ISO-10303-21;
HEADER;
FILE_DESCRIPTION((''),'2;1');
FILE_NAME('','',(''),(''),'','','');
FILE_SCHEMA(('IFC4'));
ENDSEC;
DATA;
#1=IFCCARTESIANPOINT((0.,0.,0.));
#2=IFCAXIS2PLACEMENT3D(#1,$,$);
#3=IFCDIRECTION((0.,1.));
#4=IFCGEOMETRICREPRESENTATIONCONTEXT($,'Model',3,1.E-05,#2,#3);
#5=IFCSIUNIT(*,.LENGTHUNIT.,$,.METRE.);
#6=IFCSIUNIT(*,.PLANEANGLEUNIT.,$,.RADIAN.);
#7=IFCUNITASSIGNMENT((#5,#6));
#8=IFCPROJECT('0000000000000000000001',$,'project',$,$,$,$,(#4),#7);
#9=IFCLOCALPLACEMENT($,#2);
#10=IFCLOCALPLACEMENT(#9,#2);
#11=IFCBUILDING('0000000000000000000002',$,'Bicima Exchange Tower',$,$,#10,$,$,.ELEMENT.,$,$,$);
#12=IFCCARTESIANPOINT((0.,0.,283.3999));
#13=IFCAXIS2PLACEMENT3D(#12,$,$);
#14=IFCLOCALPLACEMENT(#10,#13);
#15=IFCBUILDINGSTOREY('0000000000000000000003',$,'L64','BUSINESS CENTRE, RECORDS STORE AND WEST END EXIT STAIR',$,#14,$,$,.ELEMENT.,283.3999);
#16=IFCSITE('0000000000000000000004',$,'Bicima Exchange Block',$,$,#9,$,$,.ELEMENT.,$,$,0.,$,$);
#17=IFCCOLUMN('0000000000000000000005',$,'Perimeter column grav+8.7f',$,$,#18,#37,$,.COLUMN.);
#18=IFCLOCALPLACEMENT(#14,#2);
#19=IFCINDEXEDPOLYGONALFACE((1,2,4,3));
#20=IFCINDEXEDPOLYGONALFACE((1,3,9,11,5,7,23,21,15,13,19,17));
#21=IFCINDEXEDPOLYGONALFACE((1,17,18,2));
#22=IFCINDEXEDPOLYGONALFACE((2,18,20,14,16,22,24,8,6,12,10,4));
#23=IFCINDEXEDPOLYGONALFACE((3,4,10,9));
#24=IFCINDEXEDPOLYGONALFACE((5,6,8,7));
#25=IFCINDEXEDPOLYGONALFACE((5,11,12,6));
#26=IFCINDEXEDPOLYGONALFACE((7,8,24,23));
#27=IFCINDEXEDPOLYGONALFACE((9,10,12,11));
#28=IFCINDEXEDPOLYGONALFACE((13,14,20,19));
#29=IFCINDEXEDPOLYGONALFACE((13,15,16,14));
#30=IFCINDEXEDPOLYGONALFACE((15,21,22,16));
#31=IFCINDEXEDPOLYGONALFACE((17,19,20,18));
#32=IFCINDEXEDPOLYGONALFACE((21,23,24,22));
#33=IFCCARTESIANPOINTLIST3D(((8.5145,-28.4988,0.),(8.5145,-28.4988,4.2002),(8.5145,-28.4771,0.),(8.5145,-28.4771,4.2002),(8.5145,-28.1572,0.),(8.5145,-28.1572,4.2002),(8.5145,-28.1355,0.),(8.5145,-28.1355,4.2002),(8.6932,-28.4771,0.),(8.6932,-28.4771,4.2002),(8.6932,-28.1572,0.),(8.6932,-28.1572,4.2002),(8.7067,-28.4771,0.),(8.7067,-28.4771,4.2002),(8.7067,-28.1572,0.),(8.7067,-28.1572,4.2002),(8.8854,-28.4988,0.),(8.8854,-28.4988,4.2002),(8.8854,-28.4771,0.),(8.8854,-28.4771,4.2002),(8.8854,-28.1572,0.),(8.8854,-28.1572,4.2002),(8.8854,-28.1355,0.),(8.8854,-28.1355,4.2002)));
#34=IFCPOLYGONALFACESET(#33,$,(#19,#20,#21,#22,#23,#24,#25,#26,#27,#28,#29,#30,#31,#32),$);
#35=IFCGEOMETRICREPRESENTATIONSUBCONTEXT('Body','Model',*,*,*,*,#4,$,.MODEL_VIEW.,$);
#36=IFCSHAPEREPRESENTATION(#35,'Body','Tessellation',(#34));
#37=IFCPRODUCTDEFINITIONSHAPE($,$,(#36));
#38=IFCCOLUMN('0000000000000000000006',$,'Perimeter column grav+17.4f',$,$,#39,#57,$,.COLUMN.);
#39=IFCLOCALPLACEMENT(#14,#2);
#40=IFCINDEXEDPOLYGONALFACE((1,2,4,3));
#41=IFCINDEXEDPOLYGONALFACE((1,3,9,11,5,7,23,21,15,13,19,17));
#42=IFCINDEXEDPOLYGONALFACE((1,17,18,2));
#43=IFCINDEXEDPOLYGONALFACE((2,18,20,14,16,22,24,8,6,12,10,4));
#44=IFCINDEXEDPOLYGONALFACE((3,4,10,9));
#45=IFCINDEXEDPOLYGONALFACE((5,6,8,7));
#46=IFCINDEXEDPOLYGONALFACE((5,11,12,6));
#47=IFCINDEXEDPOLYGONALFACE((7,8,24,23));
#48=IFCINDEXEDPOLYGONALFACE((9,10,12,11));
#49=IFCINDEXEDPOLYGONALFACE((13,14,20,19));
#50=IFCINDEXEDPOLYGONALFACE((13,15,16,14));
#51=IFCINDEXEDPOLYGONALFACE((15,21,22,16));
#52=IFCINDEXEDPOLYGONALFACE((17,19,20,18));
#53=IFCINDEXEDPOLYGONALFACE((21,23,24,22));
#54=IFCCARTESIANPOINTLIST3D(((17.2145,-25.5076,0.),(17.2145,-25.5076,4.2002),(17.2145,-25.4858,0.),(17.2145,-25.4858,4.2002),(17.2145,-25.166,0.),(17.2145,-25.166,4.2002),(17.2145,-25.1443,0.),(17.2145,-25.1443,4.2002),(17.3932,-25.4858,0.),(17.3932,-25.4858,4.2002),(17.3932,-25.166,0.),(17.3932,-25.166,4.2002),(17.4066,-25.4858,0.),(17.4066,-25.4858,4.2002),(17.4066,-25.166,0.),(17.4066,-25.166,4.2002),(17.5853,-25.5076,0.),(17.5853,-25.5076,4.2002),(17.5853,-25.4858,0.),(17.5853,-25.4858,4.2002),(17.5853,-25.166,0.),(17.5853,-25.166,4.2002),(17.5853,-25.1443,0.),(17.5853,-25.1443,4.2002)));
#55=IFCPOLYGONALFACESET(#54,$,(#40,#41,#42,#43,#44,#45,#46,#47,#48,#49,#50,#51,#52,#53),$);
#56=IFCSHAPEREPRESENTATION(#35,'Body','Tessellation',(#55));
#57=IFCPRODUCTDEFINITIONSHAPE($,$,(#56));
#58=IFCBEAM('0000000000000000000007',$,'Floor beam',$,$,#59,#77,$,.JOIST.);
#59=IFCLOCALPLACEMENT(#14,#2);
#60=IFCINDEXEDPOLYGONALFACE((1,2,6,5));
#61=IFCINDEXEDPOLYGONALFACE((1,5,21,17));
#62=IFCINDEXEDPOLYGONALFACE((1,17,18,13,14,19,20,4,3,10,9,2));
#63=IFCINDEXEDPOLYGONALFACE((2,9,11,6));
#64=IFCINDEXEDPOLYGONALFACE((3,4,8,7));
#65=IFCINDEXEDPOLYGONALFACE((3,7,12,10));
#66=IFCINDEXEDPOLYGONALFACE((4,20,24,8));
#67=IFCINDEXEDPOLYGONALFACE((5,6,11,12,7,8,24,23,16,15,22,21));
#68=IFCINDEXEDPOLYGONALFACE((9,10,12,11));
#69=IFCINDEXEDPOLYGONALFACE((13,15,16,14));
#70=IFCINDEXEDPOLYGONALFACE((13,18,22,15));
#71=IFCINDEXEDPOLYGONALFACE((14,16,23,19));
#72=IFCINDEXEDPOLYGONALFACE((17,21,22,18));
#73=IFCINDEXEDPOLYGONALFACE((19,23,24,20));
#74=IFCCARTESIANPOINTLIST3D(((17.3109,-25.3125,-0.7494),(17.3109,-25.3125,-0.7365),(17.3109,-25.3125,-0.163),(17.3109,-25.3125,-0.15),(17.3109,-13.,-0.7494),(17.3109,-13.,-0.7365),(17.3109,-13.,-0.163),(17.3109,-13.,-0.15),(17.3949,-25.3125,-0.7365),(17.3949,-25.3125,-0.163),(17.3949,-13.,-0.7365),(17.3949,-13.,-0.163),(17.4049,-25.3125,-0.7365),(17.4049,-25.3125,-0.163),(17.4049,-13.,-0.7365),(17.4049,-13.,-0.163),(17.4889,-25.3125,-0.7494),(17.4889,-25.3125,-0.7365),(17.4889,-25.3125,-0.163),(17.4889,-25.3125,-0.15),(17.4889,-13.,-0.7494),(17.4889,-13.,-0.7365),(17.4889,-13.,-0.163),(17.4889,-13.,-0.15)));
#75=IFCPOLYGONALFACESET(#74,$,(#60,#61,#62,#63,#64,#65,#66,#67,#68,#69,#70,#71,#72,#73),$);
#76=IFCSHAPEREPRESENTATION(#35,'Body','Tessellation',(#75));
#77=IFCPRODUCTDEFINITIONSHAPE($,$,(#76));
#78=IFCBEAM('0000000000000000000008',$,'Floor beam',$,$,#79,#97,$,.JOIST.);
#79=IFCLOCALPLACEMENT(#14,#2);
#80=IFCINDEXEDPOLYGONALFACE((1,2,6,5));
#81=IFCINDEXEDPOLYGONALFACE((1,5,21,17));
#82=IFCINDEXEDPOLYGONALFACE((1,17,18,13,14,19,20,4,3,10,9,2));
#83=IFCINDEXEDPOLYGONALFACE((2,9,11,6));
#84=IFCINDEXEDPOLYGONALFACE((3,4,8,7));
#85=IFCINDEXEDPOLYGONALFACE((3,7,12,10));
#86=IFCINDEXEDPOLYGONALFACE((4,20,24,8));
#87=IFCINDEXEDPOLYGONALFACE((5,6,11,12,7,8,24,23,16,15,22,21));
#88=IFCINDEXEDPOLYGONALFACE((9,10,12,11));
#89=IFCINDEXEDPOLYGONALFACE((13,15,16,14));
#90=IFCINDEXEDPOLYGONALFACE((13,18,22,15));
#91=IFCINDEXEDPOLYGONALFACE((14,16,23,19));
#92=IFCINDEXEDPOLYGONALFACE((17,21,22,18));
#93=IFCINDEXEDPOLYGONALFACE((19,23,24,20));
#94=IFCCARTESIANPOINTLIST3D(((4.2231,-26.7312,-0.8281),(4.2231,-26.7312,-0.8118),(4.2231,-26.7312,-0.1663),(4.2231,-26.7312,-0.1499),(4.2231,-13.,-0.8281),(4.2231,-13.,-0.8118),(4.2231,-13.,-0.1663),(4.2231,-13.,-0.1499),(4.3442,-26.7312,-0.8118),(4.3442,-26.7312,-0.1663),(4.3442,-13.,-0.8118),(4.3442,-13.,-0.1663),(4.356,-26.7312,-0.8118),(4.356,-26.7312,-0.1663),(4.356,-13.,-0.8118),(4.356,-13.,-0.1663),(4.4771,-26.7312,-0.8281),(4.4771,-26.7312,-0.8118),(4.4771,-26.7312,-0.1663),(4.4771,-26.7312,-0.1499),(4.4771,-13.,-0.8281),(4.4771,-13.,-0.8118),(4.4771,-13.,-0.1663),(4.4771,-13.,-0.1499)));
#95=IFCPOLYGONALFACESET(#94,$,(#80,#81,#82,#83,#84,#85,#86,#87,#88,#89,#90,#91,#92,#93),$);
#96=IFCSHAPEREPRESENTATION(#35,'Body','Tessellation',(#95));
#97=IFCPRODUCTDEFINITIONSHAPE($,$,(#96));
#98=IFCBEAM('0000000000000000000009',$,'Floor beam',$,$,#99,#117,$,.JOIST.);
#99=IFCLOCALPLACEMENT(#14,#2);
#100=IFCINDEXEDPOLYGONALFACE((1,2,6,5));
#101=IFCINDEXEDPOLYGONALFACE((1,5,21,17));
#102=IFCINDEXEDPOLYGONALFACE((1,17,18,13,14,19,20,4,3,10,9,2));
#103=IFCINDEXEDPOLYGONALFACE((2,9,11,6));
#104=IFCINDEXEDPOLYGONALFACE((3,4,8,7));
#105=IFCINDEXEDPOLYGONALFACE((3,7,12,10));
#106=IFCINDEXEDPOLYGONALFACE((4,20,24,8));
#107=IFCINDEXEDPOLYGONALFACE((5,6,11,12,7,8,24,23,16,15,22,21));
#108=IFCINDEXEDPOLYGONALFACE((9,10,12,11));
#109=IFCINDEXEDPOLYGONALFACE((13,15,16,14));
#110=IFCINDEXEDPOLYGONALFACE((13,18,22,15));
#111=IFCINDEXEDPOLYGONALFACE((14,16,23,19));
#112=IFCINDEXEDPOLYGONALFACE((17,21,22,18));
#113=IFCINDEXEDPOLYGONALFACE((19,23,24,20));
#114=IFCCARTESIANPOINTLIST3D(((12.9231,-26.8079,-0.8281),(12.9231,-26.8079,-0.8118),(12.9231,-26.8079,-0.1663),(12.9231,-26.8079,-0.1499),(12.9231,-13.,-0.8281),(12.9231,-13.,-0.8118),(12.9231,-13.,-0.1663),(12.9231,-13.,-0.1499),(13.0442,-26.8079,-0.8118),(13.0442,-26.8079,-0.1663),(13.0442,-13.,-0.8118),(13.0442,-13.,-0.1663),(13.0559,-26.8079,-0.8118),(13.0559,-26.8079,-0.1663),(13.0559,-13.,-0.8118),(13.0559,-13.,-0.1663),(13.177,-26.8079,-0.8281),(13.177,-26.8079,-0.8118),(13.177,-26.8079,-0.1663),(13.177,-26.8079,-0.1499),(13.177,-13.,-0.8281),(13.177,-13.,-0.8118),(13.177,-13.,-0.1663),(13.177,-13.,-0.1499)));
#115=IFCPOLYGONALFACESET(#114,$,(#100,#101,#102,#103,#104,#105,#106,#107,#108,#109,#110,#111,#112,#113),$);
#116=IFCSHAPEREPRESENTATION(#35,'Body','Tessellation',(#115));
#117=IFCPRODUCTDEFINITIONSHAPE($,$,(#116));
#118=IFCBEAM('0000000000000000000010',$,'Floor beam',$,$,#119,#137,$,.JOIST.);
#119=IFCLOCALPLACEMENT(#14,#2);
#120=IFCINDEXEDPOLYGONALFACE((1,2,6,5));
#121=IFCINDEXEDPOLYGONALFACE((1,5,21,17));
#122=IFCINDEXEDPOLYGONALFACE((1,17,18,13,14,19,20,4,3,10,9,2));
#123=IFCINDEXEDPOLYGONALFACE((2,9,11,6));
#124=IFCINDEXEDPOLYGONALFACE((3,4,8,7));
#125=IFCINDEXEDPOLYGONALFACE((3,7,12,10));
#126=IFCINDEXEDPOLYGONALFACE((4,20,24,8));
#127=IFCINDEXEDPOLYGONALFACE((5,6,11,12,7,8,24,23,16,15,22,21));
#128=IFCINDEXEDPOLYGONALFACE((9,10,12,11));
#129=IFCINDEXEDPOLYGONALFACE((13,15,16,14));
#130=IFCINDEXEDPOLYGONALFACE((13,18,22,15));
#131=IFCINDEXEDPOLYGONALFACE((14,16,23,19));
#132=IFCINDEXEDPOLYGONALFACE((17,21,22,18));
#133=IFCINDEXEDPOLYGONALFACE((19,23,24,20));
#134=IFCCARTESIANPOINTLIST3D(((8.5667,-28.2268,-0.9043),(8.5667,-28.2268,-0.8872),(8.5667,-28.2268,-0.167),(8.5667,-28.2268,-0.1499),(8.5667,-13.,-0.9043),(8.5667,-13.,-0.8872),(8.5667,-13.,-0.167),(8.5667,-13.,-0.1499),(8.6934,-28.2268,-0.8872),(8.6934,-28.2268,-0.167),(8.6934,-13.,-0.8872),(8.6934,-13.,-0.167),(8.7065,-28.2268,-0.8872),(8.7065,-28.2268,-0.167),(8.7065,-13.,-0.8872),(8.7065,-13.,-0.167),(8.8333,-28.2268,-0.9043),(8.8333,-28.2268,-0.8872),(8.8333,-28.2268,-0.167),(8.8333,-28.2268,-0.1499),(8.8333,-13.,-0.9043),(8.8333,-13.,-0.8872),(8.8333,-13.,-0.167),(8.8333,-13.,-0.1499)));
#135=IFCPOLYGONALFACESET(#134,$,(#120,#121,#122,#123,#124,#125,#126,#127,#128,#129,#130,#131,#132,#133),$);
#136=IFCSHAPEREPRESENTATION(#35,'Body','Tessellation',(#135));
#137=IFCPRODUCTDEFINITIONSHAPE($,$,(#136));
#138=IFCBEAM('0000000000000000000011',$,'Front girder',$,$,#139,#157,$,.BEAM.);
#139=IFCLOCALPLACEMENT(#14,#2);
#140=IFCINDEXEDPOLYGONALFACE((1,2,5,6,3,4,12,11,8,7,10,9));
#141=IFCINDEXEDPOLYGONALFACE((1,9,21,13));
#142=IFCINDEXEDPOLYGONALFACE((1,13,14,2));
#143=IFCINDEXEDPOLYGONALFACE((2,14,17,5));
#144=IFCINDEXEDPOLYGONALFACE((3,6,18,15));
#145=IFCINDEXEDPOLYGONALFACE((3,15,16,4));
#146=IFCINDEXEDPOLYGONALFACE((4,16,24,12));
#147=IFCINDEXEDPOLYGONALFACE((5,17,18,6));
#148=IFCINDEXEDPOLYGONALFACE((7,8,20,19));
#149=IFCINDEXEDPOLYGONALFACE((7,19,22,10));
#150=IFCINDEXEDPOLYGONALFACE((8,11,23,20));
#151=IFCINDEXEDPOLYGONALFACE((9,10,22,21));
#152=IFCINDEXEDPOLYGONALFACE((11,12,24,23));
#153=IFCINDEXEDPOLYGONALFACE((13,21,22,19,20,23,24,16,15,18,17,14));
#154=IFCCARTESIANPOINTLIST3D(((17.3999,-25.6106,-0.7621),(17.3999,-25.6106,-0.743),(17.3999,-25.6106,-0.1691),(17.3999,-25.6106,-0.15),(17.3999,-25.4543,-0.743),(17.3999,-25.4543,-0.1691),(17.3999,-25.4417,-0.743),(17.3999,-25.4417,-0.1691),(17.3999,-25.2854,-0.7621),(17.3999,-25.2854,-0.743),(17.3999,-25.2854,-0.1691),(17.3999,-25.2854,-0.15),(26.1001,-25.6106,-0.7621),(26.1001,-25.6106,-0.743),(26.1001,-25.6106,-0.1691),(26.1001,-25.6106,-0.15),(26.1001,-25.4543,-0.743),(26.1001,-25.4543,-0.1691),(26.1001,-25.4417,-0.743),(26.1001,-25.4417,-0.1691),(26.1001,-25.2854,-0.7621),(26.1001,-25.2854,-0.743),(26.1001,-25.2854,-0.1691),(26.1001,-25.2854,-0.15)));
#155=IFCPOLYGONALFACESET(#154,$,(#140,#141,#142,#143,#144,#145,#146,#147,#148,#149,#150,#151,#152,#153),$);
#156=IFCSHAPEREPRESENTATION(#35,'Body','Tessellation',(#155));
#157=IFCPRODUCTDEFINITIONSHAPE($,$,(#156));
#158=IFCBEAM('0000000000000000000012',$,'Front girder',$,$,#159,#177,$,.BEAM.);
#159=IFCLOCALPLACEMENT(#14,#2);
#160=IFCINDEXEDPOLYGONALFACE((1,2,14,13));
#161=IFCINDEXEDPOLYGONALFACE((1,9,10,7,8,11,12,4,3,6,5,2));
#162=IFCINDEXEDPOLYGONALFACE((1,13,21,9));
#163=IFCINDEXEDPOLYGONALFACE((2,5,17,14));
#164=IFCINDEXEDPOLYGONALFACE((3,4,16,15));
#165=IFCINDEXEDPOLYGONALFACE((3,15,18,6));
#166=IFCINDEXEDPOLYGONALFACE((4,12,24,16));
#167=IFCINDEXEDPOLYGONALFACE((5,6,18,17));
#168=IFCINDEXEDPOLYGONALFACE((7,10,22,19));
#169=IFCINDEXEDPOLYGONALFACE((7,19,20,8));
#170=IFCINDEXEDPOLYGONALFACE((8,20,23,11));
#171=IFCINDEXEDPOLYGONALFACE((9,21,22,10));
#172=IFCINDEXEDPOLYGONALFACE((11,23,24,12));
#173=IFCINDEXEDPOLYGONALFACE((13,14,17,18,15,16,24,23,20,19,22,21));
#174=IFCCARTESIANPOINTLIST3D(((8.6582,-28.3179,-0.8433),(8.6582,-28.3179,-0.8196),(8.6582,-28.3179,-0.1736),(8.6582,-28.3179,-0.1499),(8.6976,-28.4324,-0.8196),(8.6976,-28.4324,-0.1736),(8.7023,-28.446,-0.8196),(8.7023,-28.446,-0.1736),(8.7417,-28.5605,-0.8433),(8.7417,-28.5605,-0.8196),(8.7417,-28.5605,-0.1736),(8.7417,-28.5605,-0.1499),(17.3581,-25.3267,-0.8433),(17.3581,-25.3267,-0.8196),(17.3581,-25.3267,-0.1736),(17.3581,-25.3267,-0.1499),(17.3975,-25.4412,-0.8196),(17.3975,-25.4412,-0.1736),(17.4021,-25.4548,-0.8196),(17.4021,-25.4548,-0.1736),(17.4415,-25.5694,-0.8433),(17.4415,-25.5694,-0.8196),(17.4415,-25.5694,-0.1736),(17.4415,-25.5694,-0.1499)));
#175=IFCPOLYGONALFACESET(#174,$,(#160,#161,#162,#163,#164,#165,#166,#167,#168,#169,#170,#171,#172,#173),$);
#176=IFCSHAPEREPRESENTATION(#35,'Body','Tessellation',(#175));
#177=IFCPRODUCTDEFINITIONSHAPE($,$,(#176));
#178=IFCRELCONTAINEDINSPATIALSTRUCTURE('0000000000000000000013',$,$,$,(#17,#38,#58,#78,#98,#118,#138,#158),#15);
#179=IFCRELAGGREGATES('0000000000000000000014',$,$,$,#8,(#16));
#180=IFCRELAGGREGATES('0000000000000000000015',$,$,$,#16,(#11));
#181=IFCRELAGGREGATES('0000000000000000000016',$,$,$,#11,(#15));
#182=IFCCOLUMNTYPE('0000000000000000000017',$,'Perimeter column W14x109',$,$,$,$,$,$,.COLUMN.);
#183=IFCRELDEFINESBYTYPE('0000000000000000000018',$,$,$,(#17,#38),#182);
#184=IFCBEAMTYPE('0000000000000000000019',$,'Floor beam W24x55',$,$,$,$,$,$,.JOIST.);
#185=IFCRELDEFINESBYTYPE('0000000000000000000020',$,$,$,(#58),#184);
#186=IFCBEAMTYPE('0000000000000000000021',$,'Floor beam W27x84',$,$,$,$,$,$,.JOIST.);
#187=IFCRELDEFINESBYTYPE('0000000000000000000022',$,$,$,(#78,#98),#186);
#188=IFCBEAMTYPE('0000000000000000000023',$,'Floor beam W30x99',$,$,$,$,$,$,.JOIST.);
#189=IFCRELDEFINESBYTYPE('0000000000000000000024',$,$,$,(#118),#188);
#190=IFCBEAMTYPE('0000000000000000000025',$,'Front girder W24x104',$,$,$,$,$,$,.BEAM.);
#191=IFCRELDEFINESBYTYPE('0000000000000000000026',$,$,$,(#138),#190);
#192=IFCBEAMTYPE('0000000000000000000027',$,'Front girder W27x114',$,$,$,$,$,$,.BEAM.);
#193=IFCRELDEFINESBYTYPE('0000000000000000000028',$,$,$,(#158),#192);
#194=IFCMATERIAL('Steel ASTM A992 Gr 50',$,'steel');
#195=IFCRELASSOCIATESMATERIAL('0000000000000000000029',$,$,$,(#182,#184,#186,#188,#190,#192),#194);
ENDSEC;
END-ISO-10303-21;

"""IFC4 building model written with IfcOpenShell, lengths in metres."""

from ifc_helpers import new_model, si_unit, direction, frame, origin, origin_2d, place, context, subcontext, project, spatial, i_section, extrude, material, material_profile, profile_set, type_object, element, save


model = new_model("IFC4")

# Units and contexts
model_context = context("Model", 3, precision=1e-05, world=origin(), true_north=direction((0.0, 1.0)))
body_context = subcontext(model_context, "Body", "Model", "MODEL_VIEW")
ifc_project = project(units=[si_unit("LENGTHUNIT", "METRE"), si_unit("PLANEANGLEUNIT", "RADIAN")], contexts=[model_context])

# Site, building, storey
site_placement = place(None, origin())
site = spatial("IfcSite", under=ifc_project, at=site_placement, Name="Bicima Exchange Block", CompositionType="ELEMENT", RefElevation=0.0)
building_placement = place(site_placement, origin())
building = spatial("IfcBuilding", under=site, at=building_placement, Name="Bicima Exchange Tower", CompositionType="ELEMENT")
storey_placement = place(building_placement, frame((0.0, 0.0, 283.3999)))
storey = spatial("IfcBuildingStorey", under=building, at=storey_placement, Name="L64", Description="BUSINESS CENTRE, RECORDS STORE AND WEST END EXIT STAIR", CompositionType="ELEMENT", Elevation=283.3999)

# Columns
ifc_material_1 = material(Name="Steel ASTM A992 Gr 50", Category="steel")
ifc_material_profile_1 = material_profile(ifc_material_1, i_section(OverallWidth=0.3708, OverallDepth=0.3633, WebThickness=0.0134, FlangeThickness=0.0217, at=origin_2d()))
ifc_profile_set_1 = profile_set([ifc_material_profile_1], Name="Steel ASTM A992 Gr 50")
column_type = type_object("IfcColumnType", Name="Perimeter column W14x109", PredefinedType="COLUMN", material=ifc_profile_set_1)
for number, where, z_axis, x_axis, name in (
    (1, (8.7, -28.3171, 0.0), (0.0, 0.0, 1.0), (1.0, 0.0, 0.0), "Perimeter column grav+8.7f"),
    (2, (17.3999, -25.3259, 0.0), (0.0, 0.0, 1.0), (1.0, 0.0, 0.0), "Perimeter column grav+17.4f"),
):
    element("IfcColumn", number, at=place(storey_placement, frame(where, z_axis=z_axis, x_axis=x_axis)), inside=storey, type_object=column_type, Name=name, PredefinedType="COLUMN", context=body_context, shape_type="SweptSolid", body=[
        extrude(i_section(OverallWidth=0.3708, OverallDepth=0.3633, WebThickness=0.0134, FlangeThickness=0.0217, at=origin_2d()), origin(), (0.0, 0.0, 1.0), 4.2002),
    ])

# Beams
ifc_material_profile_2 = material_profile(ifc_material_1, i_section(OverallWidth=0.178, OverallDepth=0.5994, WebThickness=0.01, FlangeThickness=0.0129, at=origin_2d()))
ifc_profile_set_2 = profile_set([ifc_material_profile_2], Name="Steel ASTM A992 Gr 50")
beam_type_1 = type_object("IfcBeamType", Name="Floor beam W24x55", PredefinedType="JOIST", material=ifc_profile_set_2)
beam_1_placement = place(storey_placement, frame((17.3999, -13.0, -0.4497), z_axis=(0.0, -1.0, 0.0), x_axis=(1.0, 0.0, 0.0)))
element("IfcBeam", 3, at=beam_1_placement, inside=storey, type_object=beam_type_1, Name="Floor beam", PredefinedType="JOIST", context=body_context, shape_type="SweptSolid", body=[
    extrude(i_section(OverallWidth=0.178, OverallDepth=0.5994, WebThickness=0.01, FlangeThickness=0.0129, at=origin_2d()), origin(), (0.0, 0.0, 1.0), 12.3125),
])
ifc_material_profile_3 = material_profile(ifc_material_1, i_section(OverallWidth=0.2539, OverallDepth=0.6782, WebThickness=0.0117, FlangeThickness=0.0164, at=origin_2d()))
ifc_profile_set_3 = profile_set([ifc_material_profile_3], Name="Steel ASTM A992 Gr 50")
beam_type_2 = type_object("IfcBeamType", Name="Floor beam W27x84", PredefinedType="JOIST", material=ifc_profile_set_3)
beam_2_placement = place(storey_placement, frame((4.3501, -13.0, -0.489), z_axis=(0.0, -1.0, 0.0), x_axis=(1.0, 0.0, 0.0)))
element("IfcBeam", 4, at=beam_2_placement, inside=storey, type_object=beam_type_2, Name="Floor beam", PredefinedType="JOIST", context=body_context, shape_type="SweptSolid", body=[
    extrude(i_section(OverallWidth=0.2539, OverallDepth=0.6782, WebThickness=0.0117, FlangeThickness=0.0164, at=origin_2d()), origin(), (0.0, 0.0, 1.0), 13.7312),
])
beam_3_placement = place(storey_placement, frame((13.05, -13.0, -0.489), z_axis=(0.0, -1.0, 0.0), x_axis=(1.0, 0.0, 0.0)))
element("IfcBeam", 5, at=beam_3_placement, inside=storey, type_object=beam_type_2, Name="Floor beam", PredefinedType="JOIST", context=body_context, shape_type="SweptSolid", body=[
    extrude(i_section(OverallWidth=0.2539, OverallDepth=0.6782, WebThickness=0.0117, FlangeThickness=0.0164, at=origin_2d()), origin(), (0.0, 0.0, 1.0), 13.8079),
])
ifc_material_profile_4 = material_profile(ifc_material_1, i_section(OverallWidth=0.2666, OverallDepth=0.7544, WebThickness=0.0132, FlangeThickness=0.0171, at=origin_2d()))
ifc_profile_set_4 = profile_set([ifc_material_profile_4], Name="Steel ASTM A992 Gr 50")
beam_type_3 = type_object("IfcBeamType", Name="Floor beam W30x99", PredefinedType="JOIST", material=ifc_profile_set_4)
beam_4_placement = place(storey_placement, frame((8.7, -13.0, -0.5271), z_axis=(0.0, -1.0, 0.0), x_axis=(1.0, 0.0, 0.0)))
element("IfcBeam", 6, at=beam_4_placement, inside=storey, type_object=beam_type_3, Name="Floor beam", PredefinedType="JOIST", context=body_context, shape_type="SweptSolid", body=[
    extrude(i_section(OverallWidth=0.2666, OverallDepth=0.7544, WebThickness=0.0132, FlangeThickness=0.0171, at=origin_2d()), origin(), (0.0, 0.0, 1.0), 15.2268),
])
ifc_material_profile_5 = material_profile(ifc_material_1, i_section(OverallWidth=0.3252, OverallDepth=0.6121, WebThickness=0.0127, FlangeThickness=0.019, at=origin_2d()))
ifc_profile_set_5 = profile_set([ifc_material_profile_5], Name="Steel ASTM A992 Gr 50")
beam_type_4 = type_object("IfcBeamType", Name="Front girder W24x104", PredefinedType="BEAM", material=ifc_profile_set_5)
beam_5_placement = place(storey_placement, frame((17.3999, -25.448, -0.4561), z_axis=(1.0, 0.0, 0.0), x_axis=(0.0, 1.0, 0.0)))
element("IfcBeam", 7, at=beam_5_placement, inside=storey, type_object=beam_type_4, Name="Front girder", PredefinedType="BEAM", context=body_context, shape_type="SweptSolid", body=[
    extrude(i_section(OverallWidth=0.3252, OverallDepth=0.6121, WebThickness=0.0127, FlangeThickness=0.019, at=origin_2d()), origin(), (0.0, 0.0, 1.0), 8.7002),
])
ifc_material_profile_6 = material_profile(ifc_material_1, i_section(OverallWidth=0.2566, OverallDepth=0.6934, WebThickness=0.0144, FlangeThickness=0.0237, at=origin_2d()))
ifc_profile_set_6 = profile_set([ifc_material_profile_6], Name="Steel ASTM A992 Gr 50")
beam_type_5 = type_object("IfcBeamType", Name="Front girder W27x114", PredefinedType="BEAM", material=ifc_profile_set_6)
beam_6_placement = place(storey_placement, frame((8.7, -28.4392, -0.4966), z_axis=(0.945666, 0.325138, 0.0), x_axis=(-0.325138, 0.945666, 0.0)))
element("IfcBeam", 8, at=beam_6_placement, inside=storey, type_object=beam_type_5, Name="Front girder", PredefinedType="BEAM", context=body_context, shape_type="SweptSolid", body=[
    extrude(i_section(OverallWidth=0.2566, OverallDepth=0.6934, WebThickness=0.0144, FlangeThickness=0.0237, at=origin_2d()), origin(), (0.0, 0.0, 1.0), 9.1997),
])

save(model, "model.ifc")
